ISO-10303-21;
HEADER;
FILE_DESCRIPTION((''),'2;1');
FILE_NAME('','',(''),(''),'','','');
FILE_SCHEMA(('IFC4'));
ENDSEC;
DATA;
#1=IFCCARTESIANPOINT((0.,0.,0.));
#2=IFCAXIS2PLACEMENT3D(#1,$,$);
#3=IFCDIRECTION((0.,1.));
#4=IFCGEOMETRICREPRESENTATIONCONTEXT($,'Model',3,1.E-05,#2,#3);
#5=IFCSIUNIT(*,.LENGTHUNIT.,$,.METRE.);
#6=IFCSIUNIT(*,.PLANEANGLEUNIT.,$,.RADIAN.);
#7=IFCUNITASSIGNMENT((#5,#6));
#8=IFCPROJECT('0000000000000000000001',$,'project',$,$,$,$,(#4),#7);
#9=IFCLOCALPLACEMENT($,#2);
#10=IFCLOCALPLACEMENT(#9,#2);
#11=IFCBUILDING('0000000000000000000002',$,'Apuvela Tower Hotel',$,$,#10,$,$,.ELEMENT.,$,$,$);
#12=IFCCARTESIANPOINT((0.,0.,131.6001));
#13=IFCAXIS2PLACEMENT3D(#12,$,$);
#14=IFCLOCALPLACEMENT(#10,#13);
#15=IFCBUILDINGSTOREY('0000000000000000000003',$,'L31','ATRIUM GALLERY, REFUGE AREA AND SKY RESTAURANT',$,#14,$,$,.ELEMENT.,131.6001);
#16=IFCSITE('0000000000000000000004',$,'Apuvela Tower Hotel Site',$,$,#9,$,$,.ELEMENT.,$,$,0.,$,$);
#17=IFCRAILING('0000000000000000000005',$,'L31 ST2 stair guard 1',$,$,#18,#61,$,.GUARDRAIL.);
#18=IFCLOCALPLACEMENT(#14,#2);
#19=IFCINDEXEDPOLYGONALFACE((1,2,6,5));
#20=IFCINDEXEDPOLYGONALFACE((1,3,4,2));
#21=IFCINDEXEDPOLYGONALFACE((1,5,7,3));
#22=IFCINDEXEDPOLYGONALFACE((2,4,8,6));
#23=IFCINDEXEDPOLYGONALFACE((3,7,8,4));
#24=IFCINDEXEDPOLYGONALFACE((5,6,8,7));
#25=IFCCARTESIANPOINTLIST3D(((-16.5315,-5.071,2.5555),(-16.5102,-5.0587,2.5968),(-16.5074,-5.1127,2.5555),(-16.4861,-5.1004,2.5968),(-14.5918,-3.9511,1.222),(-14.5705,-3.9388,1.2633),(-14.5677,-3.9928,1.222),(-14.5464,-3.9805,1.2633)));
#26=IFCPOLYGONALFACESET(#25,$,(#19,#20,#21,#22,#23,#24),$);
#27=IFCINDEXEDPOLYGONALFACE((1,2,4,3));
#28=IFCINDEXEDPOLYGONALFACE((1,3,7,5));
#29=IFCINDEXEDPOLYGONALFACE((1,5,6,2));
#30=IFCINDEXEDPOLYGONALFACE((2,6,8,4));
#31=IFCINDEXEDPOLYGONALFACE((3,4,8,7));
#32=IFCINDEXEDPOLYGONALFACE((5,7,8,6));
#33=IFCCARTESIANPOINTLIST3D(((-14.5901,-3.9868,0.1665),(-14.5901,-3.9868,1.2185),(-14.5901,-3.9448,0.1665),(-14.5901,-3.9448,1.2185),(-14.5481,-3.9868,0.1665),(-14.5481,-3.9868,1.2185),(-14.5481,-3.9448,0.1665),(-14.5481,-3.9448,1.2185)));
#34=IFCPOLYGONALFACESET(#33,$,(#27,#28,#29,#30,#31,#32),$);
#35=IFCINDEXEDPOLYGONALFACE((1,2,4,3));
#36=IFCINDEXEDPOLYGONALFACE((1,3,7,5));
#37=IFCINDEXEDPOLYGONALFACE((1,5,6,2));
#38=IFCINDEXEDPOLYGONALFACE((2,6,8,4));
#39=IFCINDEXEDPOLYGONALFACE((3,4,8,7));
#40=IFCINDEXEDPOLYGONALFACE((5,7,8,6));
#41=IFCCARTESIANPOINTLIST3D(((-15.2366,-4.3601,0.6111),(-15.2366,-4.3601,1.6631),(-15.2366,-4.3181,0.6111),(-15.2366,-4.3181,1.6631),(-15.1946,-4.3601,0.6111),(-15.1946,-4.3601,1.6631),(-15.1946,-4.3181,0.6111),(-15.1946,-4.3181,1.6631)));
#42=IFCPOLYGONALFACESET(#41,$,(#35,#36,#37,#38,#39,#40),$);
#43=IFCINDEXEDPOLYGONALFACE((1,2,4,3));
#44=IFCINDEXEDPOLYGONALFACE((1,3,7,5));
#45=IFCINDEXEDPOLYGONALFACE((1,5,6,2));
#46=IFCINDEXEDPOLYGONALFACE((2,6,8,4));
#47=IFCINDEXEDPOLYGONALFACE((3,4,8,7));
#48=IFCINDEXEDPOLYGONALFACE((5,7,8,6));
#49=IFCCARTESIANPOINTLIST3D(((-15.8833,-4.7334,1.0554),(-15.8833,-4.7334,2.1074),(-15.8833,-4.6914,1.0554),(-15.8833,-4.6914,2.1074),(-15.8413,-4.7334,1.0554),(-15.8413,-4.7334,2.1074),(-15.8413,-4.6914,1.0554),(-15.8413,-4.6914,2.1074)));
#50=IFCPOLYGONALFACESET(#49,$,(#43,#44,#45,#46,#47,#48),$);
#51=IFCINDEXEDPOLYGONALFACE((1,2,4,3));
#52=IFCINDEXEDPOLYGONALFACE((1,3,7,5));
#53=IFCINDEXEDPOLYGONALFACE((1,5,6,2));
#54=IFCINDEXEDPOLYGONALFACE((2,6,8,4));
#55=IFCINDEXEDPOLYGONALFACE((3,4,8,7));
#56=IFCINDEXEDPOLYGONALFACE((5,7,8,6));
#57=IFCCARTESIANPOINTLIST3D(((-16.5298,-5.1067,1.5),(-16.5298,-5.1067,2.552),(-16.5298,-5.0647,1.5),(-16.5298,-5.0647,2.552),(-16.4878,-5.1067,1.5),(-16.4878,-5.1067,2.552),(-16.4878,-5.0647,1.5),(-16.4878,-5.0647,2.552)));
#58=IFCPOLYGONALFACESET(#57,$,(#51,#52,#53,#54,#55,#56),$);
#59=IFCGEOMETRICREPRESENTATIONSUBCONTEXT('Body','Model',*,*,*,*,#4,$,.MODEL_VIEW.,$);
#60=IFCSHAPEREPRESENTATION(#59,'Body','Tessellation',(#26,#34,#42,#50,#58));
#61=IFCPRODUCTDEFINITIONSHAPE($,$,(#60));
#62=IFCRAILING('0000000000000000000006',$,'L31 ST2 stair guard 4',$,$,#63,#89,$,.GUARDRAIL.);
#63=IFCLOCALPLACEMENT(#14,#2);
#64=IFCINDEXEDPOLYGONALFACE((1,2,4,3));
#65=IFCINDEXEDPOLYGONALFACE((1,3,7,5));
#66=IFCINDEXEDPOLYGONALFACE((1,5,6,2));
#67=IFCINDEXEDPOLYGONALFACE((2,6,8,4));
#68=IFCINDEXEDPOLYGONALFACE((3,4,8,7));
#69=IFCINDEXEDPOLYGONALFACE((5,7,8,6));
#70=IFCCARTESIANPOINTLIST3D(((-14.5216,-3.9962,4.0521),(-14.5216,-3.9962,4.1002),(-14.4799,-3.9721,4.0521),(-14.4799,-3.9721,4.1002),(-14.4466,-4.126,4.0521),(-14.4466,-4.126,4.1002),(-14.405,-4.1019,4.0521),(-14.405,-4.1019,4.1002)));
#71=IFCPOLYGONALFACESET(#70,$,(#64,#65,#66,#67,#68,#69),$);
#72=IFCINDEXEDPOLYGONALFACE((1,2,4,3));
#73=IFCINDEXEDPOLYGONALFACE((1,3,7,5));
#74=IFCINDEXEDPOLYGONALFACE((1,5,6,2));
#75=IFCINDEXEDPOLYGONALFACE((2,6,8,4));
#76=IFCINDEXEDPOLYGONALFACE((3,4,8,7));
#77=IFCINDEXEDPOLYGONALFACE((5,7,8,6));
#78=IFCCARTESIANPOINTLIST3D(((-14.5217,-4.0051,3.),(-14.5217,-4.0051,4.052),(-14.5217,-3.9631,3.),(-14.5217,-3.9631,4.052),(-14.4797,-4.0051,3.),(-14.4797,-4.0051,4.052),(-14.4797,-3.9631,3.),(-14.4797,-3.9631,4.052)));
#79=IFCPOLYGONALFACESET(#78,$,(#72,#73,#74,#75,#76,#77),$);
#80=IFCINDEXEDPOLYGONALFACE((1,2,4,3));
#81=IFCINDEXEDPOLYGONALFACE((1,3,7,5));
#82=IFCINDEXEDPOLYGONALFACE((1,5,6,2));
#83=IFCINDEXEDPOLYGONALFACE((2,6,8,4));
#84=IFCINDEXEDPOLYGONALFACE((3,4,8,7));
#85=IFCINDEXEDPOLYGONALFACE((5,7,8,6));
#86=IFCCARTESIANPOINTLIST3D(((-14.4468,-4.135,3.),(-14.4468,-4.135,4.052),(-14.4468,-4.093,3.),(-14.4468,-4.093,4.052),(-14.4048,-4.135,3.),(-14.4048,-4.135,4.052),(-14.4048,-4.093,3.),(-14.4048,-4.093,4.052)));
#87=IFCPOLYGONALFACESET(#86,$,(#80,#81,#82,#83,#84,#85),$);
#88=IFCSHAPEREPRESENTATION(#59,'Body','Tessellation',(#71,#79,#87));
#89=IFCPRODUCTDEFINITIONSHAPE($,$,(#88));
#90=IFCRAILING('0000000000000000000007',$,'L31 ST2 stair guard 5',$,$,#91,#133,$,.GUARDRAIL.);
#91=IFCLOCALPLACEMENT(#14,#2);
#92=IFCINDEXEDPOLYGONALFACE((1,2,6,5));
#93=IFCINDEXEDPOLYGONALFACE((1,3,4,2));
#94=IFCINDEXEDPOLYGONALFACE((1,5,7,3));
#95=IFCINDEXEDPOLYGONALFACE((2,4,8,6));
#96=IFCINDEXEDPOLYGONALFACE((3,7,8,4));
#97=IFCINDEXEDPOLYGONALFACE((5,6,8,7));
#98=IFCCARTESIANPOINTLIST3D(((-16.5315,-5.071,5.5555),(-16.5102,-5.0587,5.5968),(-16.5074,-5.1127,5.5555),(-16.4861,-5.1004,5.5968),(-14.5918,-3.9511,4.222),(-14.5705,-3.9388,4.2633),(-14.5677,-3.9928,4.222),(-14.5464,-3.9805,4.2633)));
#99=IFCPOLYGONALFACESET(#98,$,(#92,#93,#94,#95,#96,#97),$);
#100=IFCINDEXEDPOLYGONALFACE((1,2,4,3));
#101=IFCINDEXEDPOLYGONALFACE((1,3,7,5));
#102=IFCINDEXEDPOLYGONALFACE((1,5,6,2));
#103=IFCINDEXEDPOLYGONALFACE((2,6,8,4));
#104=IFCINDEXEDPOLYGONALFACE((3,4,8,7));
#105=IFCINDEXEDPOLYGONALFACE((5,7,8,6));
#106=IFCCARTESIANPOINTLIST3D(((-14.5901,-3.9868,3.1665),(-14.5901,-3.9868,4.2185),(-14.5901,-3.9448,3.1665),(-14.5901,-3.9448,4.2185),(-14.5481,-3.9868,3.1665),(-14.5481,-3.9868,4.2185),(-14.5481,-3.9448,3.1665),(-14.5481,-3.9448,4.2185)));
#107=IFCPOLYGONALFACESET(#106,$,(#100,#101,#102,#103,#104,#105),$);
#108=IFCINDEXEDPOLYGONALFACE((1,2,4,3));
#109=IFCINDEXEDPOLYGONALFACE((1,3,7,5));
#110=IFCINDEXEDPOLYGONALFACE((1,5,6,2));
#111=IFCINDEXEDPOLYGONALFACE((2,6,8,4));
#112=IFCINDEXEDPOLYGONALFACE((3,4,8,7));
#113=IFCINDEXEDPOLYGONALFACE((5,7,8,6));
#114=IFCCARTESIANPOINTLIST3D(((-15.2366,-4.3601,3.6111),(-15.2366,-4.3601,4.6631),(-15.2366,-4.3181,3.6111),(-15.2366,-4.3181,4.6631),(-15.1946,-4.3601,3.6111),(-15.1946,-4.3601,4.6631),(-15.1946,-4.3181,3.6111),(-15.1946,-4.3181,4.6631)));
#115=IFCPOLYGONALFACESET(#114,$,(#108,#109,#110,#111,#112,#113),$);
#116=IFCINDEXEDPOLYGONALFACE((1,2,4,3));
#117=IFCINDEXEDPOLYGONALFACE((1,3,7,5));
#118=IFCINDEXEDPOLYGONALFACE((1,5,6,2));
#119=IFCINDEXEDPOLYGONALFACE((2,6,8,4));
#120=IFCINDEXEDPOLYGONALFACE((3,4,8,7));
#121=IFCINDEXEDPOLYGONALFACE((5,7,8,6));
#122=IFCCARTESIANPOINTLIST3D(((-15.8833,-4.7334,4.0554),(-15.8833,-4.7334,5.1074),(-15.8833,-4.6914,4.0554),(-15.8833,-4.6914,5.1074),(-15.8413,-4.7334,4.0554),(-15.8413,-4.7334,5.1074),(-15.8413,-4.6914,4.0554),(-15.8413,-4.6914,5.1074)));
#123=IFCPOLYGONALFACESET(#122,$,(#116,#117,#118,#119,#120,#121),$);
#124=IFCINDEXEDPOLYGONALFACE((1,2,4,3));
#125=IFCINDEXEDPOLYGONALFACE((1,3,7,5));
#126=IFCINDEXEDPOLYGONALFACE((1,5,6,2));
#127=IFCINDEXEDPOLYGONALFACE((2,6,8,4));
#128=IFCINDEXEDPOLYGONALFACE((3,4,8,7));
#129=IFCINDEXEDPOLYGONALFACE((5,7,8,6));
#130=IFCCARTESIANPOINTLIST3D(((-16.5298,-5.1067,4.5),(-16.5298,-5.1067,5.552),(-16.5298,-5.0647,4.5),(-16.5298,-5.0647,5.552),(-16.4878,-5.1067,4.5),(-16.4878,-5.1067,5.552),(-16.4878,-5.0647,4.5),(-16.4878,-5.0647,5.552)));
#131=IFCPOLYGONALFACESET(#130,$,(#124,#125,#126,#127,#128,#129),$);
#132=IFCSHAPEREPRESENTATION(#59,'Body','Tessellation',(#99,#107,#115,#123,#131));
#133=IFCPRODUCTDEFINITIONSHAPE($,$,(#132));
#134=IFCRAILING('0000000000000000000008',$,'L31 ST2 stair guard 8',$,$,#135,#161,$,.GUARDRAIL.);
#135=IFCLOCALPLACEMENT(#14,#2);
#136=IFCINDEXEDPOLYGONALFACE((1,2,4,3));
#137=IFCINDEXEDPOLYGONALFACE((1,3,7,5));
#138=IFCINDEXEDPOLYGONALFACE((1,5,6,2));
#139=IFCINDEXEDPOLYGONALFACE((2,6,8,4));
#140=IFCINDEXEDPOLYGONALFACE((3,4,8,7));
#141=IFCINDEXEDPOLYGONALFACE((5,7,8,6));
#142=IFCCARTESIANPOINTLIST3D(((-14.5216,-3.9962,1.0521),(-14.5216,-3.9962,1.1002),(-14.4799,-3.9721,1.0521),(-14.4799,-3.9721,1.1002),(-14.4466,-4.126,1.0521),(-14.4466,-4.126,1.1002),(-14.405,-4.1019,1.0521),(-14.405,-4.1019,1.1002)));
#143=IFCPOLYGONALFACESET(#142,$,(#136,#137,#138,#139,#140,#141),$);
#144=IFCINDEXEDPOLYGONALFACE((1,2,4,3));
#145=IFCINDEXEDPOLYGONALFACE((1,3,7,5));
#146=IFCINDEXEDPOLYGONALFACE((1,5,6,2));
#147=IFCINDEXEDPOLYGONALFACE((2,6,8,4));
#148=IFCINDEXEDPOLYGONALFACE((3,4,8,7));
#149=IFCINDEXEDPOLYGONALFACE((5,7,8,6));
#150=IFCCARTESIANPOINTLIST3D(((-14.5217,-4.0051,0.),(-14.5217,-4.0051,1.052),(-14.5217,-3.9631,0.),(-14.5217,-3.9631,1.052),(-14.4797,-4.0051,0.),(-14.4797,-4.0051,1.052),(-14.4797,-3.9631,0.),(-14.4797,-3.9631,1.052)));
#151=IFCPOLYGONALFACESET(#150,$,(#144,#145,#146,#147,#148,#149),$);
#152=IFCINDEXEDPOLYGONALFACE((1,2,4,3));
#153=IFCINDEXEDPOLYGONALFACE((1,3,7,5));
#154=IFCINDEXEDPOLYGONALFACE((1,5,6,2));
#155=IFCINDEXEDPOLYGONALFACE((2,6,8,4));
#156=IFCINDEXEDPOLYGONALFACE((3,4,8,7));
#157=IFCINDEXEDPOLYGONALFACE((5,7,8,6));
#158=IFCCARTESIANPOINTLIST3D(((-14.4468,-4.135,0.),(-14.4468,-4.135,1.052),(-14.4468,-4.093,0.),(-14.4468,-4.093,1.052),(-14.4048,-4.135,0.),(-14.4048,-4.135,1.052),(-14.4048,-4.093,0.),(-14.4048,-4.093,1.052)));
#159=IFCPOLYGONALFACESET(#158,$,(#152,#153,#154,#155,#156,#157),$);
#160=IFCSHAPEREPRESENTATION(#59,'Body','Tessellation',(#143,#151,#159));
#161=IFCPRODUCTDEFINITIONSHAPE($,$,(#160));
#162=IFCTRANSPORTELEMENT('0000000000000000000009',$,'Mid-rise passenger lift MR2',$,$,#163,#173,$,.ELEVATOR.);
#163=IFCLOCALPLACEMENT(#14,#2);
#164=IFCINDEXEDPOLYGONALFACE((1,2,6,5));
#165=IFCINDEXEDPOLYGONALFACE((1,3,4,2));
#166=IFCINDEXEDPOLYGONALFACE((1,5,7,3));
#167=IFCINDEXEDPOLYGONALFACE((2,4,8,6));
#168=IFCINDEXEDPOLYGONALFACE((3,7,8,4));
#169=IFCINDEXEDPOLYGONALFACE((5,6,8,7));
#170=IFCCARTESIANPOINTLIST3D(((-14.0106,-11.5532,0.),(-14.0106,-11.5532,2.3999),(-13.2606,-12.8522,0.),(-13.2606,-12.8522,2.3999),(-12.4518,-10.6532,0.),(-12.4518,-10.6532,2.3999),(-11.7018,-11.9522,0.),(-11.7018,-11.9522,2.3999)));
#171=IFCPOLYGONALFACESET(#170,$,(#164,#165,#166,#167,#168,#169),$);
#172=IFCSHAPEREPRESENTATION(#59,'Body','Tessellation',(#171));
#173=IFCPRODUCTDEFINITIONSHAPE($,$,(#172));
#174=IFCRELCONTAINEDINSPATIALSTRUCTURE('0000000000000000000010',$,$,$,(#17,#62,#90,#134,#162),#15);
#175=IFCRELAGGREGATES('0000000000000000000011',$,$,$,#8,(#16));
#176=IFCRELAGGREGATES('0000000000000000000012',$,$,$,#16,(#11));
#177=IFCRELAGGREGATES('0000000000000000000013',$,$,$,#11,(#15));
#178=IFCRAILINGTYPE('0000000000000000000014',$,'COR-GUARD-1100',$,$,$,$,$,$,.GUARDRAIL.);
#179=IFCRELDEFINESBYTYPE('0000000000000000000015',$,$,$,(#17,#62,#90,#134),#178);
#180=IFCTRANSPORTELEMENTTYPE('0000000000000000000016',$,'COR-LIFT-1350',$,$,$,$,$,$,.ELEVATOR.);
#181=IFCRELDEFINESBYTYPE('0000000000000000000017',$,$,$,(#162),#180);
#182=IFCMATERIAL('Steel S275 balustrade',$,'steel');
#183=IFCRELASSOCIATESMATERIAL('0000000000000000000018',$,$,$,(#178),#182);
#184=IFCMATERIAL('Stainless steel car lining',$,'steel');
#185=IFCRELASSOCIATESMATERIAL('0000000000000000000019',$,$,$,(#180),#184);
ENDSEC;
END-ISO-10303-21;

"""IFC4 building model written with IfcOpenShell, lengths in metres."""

from ifc_helpers import new_model, si_unit, direction, frame, origin, origin_2d, place, context, subcontext, project, spatial, rectangle, extrude, material, type_object, element, save


model = new_model("IFC4")

# Units and contexts
model_context = context("Model", 3, precision=1e-05, world=origin(), true_north=direction((0.0, 1.0)))
body_context = subcontext(model_context, "Body", "Model", "MODEL_VIEW")
ifc_project = project(units=[si_unit("LENGTHUNIT", "METRE"), si_unit("PLANEANGLEUNIT", "RADIAN")], contexts=[model_context])

# Site, building, storey
site_placement = place(None, origin())
site = spatial("IfcSite", under=ifc_project, at=site_placement, Name="Apuvela Tower Hotel Site", CompositionType="ELEMENT", RefElevation=0.0)
building_placement = place(site_placement, origin())
building = spatial("IfcBuilding", under=site, at=building_placement, Name="Apuvela Tower Hotel", CompositionType="ELEMENT")
storey_placement = place(building_placement, frame((0.0, 0.0, 131.6001)))
storey = spatial("IfcBuildingStorey", under=building, at=storey_placement, Name="L31", Description="ATRIUM GALLERY, REFUGE AREA AND SKY RESTAURANT", CompositionType="ELEMENT", Elevation=131.6001)

# Railings
ifc_material_1 = material(Name="Steel S275 balustrade", Category="steel")
railing_type = type_object("IfcRailingType", Name="COR-GUARD-1100", PredefinedType="GUARDRAIL", material=ifc_material_1)
railing_1_placement = place(storey_placement, frame((-14.5691, -3.9658, 0.1665)))
element("IfcRailing", 1, at=railing_1_placement, inside=storey, type_object=railing_type, Name="L31 ST2 stair guard 1", PredefinedType="GUARDRAIL", context=body_context, shape_type="SweptSolid", body=[
    extrude(rectangle(XDim=0.0481, YDim=0.0481, at=origin_2d()), frame((0.0, 0.0, 1.0762), z_axis=(-0.744127, -0.429617, 0.51157), x_axis=(0.499996, -0.866028, 0.0)), (0.0, 0.0, 1.0), 2.6067),
    extrude(rectangle(XDim=0.042, YDim=0.042, at=origin_2d()), origin(), (0.0, 0.0, 1.0), 1.052),
    extrude(rectangle(XDim=0.042, YDim=0.042, at=origin_2d()), frame((-0.6465, -0.3733, 0.4446)), (0.0, 0.0, 1.0), 1.052),
    extrude(rectangle(XDim=0.042, YDim=0.042, at=origin_2d()), frame((-1.2932, -0.7466, 0.8889)), (0.0, 0.0, 1.0), 1.052),
    extrude(rectangle(XDim=0.042, YDim=0.042, at=origin_2d()), frame((-1.9397, -1.1199, 1.3335)), (0.0, 0.0, 1.0), 1.052),
])
railing_2_placement = place(storey_placement, frame((-14.5007, -3.9841, 3.0)))
element("IfcRailing", 2, at=railing_2_placement, inside=storey, type_object=railing_type, Name="L31 ST2 stair guard 4", PredefinedType="GUARDRAIL", context=body_context, shape_type="SweptSolid", body=[
    extrude(rectangle(XDim=0.0481, YDim=0.0481, at=origin_2d()), frame((0.0, 0.0, 1.0762), z_axis=(0.499816, -0.866131, 0.0), x_axis=(0.866131, 0.499816, 0.0)), (0.0, 0.0, 1.0), 0.1499),
    extrude(rectangle(XDim=0.042, YDim=0.042, at=origin_2d()), origin(), (0.0, 0.0, 1.0), 1.052),
    extrude(rectangle(XDim=0.042, YDim=0.042, at=origin_2d()), frame((0.075, -0.1299, 0.0)), (0.0, 0.0, 1.0), 1.052),
])
railing_3_placement = place(storey_placement, frame((-14.5691, -3.9658, 3.1665)))
element("IfcRailing", 3, at=railing_3_placement, inside=storey, type_object=railing_type, Name="L31 ST2 stair guard 5", PredefinedType="GUARDRAIL", context=body_context, shape_type="SweptSolid", body=[
    extrude(rectangle(XDim=0.0481, YDim=0.0481, at=origin_2d()), frame((0.0, 0.0, 1.0762), z_axis=(-0.744127, -0.429617, 0.51157), x_axis=(0.499996, -0.866028, 0.0)), (0.0, 0.0, 1.0), 2.6067),
    extrude(rectangle(XDim=0.042, YDim=0.042, at=origin_2d()), origin(), (0.0, 0.0, 1.0), 1.052),
    extrude(rectangle(XDim=0.042, YDim=0.042, at=origin_2d()), frame((-0.6465, -0.3733, 0.4446)), (0.0, 0.0, 1.0), 1.052),
    extrude(rectangle(XDim=0.042, YDim=0.042, at=origin_2d()), frame((-1.2932, -0.7466, 0.8889)), (0.0, 0.0, 1.0), 1.052),
    extrude(rectangle(XDim=0.042, YDim=0.042, at=origin_2d()), frame((-1.9397, -1.1199, 1.3335)), (0.0, 0.0, 1.0), 1.052),
])
railing_4_placement = place(storey_placement, frame((-14.5007, -3.9841, 0.0)))
element("IfcRailing", 4, at=railing_4_placement, inside=storey, type_object=railing_type, Name="L31 ST2 stair guard 8", PredefinedType="GUARDRAIL", context=body_context, shape_type="SweptSolid", body=[
    extrude(rectangle(XDim=0.0481, YDim=0.0481, at=origin_2d()), frame((0.0, 0.0, 1.0762), z_axis=(0.499816, -0.866131, 0.0), x_axis=(0.866131, 0.499816, 0.0)), (0.0, 0.0, 1.0), 0.1499),
    extrude(rectangle(XDim=0.042, YDim=0.042, at=origin_2d()), origin(), (0.0, 0.0, 1.0), 1.052),
    extrude(rectangle(XDim=0.042, YDim=0.042, at=origin_2d()), frame((0.075, -0.1299, 0.0)), (0.0, 0.0, 1.0), 1.052),
])

# Transport element
ifc_material_2 = material(Name="Stainless steel car lining", Category="steel")
transport_element_type = type_object("IfcTransportElementType", Name="COR-LIFT-1350", PredefinedType="ELEVATOR", material=ifc_material_2)
transport_element_placement = place(storey_placement, frame((-12.8562, -11.7527, 0.0), z_axis=(0.0, 0.0, 1.0), x_axis=(-0.866025, -0.5, 0.0)))
element("IfcTransportElement", 5, at=transport_element_placement, inside=storey, type_object=transport_element_type, Name="Mid-rise passenger lift MR2", PredefinedType="ELEVATOR", context=body_context, shape_type="SweptSolid", body=[
    extrude(rectangle(XDim=1.8, YDim=1.5, at=origin_2d()), origin(), (0.0, 0.0, 1.0), 2.3999),
])

save(model, "model.ifc")
